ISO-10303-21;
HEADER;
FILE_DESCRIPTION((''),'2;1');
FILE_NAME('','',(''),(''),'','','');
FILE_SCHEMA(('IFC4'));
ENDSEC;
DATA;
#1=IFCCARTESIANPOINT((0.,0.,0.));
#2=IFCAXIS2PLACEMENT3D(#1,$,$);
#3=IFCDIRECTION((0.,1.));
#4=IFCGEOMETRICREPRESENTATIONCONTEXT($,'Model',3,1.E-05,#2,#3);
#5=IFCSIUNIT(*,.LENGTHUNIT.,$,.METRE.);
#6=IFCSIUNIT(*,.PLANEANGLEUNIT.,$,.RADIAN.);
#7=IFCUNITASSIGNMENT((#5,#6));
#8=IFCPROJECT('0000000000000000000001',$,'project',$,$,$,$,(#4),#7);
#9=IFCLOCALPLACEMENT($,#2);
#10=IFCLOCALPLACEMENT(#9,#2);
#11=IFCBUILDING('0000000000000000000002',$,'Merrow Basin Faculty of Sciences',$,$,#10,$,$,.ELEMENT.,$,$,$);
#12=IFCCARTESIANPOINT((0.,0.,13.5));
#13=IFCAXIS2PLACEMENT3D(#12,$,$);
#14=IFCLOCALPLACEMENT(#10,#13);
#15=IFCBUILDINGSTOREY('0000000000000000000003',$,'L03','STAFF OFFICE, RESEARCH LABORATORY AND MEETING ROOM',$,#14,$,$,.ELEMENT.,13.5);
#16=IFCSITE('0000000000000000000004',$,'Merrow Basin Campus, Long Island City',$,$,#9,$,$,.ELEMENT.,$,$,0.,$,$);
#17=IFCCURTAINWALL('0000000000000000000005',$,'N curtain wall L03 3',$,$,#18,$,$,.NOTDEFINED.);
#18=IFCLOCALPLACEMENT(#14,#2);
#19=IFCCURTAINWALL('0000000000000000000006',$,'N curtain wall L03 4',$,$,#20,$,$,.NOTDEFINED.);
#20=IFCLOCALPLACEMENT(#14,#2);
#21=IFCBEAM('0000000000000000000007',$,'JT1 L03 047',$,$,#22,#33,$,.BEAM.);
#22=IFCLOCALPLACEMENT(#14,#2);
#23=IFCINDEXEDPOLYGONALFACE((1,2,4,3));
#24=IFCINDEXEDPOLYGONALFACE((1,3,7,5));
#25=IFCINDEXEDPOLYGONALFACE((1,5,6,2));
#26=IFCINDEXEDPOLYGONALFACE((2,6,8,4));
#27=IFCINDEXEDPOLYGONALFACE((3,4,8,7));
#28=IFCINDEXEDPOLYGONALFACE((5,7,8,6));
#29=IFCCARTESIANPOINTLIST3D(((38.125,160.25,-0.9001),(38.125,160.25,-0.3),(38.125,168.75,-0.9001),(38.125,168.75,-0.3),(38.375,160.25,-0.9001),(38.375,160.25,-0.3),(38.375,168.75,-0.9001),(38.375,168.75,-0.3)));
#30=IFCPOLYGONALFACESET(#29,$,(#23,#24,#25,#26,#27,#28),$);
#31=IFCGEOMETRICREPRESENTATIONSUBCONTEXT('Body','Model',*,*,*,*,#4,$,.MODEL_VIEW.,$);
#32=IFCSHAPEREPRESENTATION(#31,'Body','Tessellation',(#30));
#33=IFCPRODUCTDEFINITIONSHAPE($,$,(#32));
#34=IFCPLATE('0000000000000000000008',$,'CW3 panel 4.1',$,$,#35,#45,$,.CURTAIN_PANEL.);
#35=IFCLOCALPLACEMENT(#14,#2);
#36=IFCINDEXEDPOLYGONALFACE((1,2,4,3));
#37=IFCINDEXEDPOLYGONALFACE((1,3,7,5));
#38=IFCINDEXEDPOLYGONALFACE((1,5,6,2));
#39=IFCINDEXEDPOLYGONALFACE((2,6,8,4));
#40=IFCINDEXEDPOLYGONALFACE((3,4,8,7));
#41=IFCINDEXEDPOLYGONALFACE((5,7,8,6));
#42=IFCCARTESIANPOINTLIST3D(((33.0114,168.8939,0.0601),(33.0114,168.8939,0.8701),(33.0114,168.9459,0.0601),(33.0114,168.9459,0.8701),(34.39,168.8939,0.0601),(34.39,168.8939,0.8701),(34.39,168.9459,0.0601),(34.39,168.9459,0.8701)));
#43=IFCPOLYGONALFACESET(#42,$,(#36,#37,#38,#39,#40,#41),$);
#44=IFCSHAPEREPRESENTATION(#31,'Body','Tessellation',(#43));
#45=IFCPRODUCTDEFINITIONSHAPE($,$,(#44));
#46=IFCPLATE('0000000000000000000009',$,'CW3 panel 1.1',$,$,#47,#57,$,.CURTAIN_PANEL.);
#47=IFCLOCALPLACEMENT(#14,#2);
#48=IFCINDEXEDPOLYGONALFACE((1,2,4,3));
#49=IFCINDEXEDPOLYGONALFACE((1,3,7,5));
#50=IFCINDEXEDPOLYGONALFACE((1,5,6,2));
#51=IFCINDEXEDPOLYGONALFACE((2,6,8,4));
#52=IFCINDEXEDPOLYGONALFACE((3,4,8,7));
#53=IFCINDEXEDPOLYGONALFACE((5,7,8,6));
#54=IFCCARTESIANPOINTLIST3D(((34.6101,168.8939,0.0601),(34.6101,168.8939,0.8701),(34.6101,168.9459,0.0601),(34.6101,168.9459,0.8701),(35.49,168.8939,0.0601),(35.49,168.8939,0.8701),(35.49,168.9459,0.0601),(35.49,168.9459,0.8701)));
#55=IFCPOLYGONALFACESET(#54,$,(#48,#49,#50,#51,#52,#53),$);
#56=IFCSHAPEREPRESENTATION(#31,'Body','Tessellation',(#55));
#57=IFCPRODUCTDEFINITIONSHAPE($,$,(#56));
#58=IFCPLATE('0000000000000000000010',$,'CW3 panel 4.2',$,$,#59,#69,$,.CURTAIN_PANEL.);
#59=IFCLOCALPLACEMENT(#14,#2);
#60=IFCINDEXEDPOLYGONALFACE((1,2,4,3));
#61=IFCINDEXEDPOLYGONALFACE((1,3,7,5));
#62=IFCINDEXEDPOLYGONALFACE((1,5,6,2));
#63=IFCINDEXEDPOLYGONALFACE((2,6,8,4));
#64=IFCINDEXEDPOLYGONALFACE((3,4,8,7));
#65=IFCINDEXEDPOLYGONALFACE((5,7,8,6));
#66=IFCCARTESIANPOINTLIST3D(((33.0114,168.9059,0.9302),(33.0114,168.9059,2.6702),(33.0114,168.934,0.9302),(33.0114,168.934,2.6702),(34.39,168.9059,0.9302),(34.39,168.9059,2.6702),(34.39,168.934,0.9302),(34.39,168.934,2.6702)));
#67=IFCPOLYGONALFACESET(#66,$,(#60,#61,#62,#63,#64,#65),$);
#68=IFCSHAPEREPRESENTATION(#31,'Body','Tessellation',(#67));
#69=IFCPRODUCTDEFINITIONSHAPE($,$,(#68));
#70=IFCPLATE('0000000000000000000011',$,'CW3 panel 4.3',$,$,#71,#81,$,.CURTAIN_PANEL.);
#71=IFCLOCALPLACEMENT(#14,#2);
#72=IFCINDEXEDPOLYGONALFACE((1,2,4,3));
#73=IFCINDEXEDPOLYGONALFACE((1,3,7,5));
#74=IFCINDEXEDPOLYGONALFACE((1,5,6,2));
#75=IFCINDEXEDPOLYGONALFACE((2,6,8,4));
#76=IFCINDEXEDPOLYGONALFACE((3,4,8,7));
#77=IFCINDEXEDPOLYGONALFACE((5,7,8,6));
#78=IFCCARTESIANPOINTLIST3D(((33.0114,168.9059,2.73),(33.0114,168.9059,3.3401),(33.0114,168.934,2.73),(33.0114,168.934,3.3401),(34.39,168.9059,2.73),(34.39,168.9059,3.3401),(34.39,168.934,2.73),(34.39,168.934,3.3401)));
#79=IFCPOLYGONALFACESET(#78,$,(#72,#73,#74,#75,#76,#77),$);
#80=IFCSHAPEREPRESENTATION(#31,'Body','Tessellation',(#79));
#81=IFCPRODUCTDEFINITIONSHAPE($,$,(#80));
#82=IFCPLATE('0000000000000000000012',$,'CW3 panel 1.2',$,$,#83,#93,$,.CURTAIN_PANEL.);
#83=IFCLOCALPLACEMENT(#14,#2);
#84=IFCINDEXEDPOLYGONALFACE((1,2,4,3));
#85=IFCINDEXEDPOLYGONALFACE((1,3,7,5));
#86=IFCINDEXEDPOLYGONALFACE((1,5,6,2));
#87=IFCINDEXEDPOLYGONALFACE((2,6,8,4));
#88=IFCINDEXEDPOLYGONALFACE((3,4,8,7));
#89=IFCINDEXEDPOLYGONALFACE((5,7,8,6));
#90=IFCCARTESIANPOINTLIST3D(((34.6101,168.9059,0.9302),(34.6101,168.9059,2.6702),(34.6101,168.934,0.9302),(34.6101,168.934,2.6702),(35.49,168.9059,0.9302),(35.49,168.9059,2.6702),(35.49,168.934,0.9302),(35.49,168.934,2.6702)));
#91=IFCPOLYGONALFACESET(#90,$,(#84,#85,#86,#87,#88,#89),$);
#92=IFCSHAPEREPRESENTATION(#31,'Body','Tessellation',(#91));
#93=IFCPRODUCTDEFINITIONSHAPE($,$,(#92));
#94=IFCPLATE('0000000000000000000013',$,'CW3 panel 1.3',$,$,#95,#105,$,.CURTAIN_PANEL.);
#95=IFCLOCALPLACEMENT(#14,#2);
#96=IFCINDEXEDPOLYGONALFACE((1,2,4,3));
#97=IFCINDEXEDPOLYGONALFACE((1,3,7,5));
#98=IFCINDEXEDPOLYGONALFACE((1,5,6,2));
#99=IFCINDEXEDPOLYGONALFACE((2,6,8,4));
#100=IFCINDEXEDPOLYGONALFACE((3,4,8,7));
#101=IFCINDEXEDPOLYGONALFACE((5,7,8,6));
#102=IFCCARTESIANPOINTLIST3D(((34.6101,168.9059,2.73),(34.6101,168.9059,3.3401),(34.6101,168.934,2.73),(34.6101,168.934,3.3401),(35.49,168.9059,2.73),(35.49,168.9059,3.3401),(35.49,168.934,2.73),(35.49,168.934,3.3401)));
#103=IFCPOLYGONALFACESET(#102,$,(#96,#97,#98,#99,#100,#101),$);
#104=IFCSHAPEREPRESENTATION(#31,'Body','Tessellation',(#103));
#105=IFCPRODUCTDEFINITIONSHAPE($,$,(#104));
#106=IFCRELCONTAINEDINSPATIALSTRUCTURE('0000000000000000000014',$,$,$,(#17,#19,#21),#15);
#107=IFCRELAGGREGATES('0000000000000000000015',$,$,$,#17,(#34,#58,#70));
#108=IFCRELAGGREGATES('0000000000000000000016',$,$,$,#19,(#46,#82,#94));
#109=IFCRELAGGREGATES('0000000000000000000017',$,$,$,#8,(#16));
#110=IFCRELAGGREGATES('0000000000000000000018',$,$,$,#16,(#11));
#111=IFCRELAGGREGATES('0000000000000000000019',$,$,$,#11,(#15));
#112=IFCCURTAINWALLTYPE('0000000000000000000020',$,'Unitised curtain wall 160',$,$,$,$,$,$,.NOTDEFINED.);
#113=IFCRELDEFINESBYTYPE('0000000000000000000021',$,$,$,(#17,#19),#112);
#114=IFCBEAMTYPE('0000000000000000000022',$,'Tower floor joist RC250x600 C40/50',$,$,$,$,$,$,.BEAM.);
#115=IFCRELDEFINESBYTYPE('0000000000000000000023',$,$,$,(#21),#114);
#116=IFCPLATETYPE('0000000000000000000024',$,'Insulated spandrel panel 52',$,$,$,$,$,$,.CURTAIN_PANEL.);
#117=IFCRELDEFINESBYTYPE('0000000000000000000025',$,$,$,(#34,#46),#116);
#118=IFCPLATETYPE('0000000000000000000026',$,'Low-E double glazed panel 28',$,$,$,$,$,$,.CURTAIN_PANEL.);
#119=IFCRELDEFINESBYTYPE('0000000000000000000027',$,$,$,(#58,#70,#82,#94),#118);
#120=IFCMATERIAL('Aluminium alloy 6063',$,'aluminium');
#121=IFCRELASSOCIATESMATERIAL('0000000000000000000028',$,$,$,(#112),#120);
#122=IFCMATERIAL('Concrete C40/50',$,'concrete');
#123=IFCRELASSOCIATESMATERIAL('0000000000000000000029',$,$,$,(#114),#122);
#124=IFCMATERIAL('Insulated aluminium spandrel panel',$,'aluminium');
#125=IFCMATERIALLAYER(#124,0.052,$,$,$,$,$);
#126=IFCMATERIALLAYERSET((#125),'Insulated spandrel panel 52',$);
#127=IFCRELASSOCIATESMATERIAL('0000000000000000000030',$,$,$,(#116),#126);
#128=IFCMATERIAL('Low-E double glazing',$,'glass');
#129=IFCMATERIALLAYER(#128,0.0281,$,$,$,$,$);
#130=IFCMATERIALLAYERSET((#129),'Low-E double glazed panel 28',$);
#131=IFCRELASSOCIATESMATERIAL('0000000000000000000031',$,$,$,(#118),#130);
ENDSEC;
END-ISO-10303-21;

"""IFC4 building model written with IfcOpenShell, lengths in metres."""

from ifc_helpers import new_model, si_unit, direction, frame, origin, origin_2d, place, context, subcontext, project, spatial, rectangle, extrude, material, layer, layer_set, material_profile, profile_set, type_object, element, aggregate, save


model = new_model("IFC4")

# Units and contexts
model_context = context("Model", 3, precision=1e-05, world=origin(), true_north=direction((0.0, 1.0)))
body_context = subcontext(model_context, "Body", "Model", "MODEL_VIEW")
ifc_project = project(units=[si_unit("LENGTHUNIT", "METRE"), si_unit("PLANEANGLEUNIT", "RADIAN")], contexts=[model_context])

# Site, building, storey
site_placement = place(None, origin())
site = spatial("IfcSite", under=ifc_project, at=site_placement, Name="Merrow Basin Campus, Long Island City", CompositionType="ELEMENT", RefElevation=0.0)
building_placement = place(site_placement, origin())
building = spatial("IfcBuilding", under=site, at=building_placement, Name="Merrow Basin Faculty of Sciences", CompositionType="ELEMENT")
storey_placement = place(building_placement, frame((0.0, 0.0, 13.5)))
storey = spatial("IfcBuildingStorey", under=building, at=storey_placement, Name="L03", Description="STAFF OFFICE, RESEARCH LABORATORY AND MEETING ROOM", CompositionType="ELEMENT", Elevation=13.5)

# Curtain wall
ifc_material_1 = material(Name="Aluminium alloy 6063", Category="aluminium")
curtain_wall_type = type_object("IfcCurtainWallType", Name="Unitised curtain wall 160", PredefinedType="NOTDEFINED", material=ifc_material_1)
curtain_wall_1_placement = place(storey_placement, origin())
curtain_wall_1 = element("IfcCurtainWall", 1, at=curtain_wall_1_placement, inside=storey, type_object=curtain_wall_type, Name="N curtain wall L03 3", PredefinedType="NOTDEFINED")

# Curtain wall
curtain_wall_2_placement = place(storey_placement, origin())
curtain_wall_2 = element("IfcCurtainWall", 2, at=curtain_wall_2_placement, inside=storey, type_object=curtain_wall_type, Name="N curtain wall L03 4", PredefinedType="NOTDEFINED")

# Beam
ifc_material_2 = material(Name="Concrete C40/50", Category="concrete")
ifc_material_profile_1 = material_profile(ifc_material_2, rectangle(XDim=0.25, YDim=0.6001, at=origin_2d()))
ifc_profile_set_1 = profile_set([ifc_material_profile_1], Name="Concrete C40/50")
beam_type_1 = type_object("IfcBeamType", Name="Tower floor joist RC250x600 C40/50", PredefinedType="BEAM", material=ifc_profile_set_1)
for number, where, z_axis, x_axis, name in (
    (3, (38.25, 160.25, -0.6001), (0.0, 1.0, 0.0), (-1.0, 0.0, 0.0), "JT1 L03 047"),
):
    element("IfcBeam", number, at=place(storey_placement, frame(where, z_axis=z_axis, x_axis=x_axis)), inside=storey, type_object=beam_type_1, Name=name, PredefinedType="BEAM", context=body_context, shape_type="SweptSolid", body=[
        extrude(rectangle(XDim=0.25, YDim=0.6001, at=origin_2d()), origin(), (0.0, 0.0, 1.0), 8.5),
    ])

# Plates
ifc_material_3 = material(Name="Insulated aluminium spandrel panel", Category="aluminium")
ifc_layer_1 = layer(ifc_material_3, 0.052)
ifc_layer_set_1 = layer_set([ifc_layer_1], Name="Insulated spandrel panel 52")
plate_type_1 = type_object("IfcPlateType", Name="Insulated spandrel panel 52", PredefinedType="CURTAIN_PANEL", material=ifc_layer_set_1)
plate_1_placement = place(storey_placement, frame((33.7007, 168.9199, 0.0601), z_axis=(0.0, 0.0, 1.0), x_axis=(1.0, 0.0, 0.0)))
plate_1 = element("IfcPlate", 4, at=plate_1_placement, type_object=plate_type_1, Name="CW3 panel 4.1", PredefinedType="CURTAIN_PANEL", context=body_context, shape_type="SweptSolid", body=[
    extrude(rectangle(XDim=1.3787, YDim=0.052, at=origin_2d()), origin(), (0.0, 0.0, 1.0), 0.8101),
])
plate_2_placement = place(storey_placement, frame((35.05, 168.9199, 0.0601), z_axis=(0.0, 0.0, 1.0), x_axis=(1.0, 0.0, 0.0)))
plate_2 = element("IfcPlate", 5, at=plate_2_placement, type_object=plate_type_1, Name="CW3 panel 1.1", PredefinedType="CURTAIN_PANEL", context=body_context, shape_type="SweptSolid", body=[
    extrude(rectangle(XDim=0.8799, YDim=0.052, at=origin_2d()), origin(), (0.0, 0.0, 1.0), 0.8101),
])
ifc_material_4 = material(Name="Low-E double glazing", Category="glass")
ifc_layer_2 = layer(ifc_material_4, 0.0281)
ifc_layer_set_2 = layer_set([ifc_layer_2], Name="Low-E double glazed panel 28")
plate_type_2 = type_object("IfcPlateType", Name="Low-E double glazed panel 28", PredefinedType="CURTAIN_PANEL", material=ifc_layer_set_2)
plate_3_placement = place(storey_placement, frame((33.7007, 168.9199, 0.9302), z_axis=(0.0, 0.0, 1.0), x_axis=(1.0, 0.0, 0.0)))
plate_3 = element("IfcPlate", 6, at=plate_3_placement, type_object=plate_type_2, Name="CW3 panel 4.2", PredefinedType="CURTAIN_PANEL", context=body_context, shape_type="SweptSolid", body=[
    extrude(rectangle(XDim=1.3787, YDim=0.0281, at=origin_2d()), origin(), (0.0, 0.0, 1.0), 1.74),
])
plate_4_placement = place(storey_placement, frame((33.7007, 168.9199, 2.73), z_axis=(0.0, 0.0, 1.0), x_axis=(1.0, 0.0, 0.0)))
plate_4 = element("IfcPlate", 7, at=plate_4_placement, type_object=plate_type_2, Name="CW3 panel 4.3", PredefinedType="CURTAIN_PANEL", context=body_context, shape_type="SweptSolid", body=[
    extrude(rectangle(XDim=1.3787, YDim=0.0281, at=origin_2d()), origin(), (0.0, 0.0, 1.0), 0.6101),
])
aggregate(curtain_wall_1, [plate_1, plate_3, plate_4])
plate_5_placement = place(storey_placement, frame((35.05, 168.9199, 0.9302), z_axis=(0.0, 0.0, 1.0), x_axis=(1.0, 0.0, 0.0)))
plate_5 = element("IfcPlate", 8, at=plate_5_placement, type_object=plate_type_2, Name="CW3 panel 1.2", PredefinedType="CURTAIN_PANEL", context=body_context, shape_type="SweptSolid", body=[
    extrude(rectangle(XDim=0.8799, YDim=0.0281, at=origin_2d()), origin(), (0.0, 0.0, 1.0), 1.74),
])
plate_6_placement = place(storey_placement, frame((35.05, 168.9199, 2.73), z_axis=(0.0, 0.0, 1.0), x_axis=(1.0, 0.0, 0.0)))
plate_6 = element("IfcPlate", 9, at=plate_6_placement, type_object=plate_type_2, Name="CW3 panel 1.3", PredefinedType="CURTAIN_PANEL", context=body_context, shape_type="SweptSolid", body=[
    extrude(rectangle(XDim=0.8799, YDim=0.0281, at=origin_2d()), origin(), (0.0, 0.0, 1.0), 0.6101),
])
aggregate(curtain_wall_2, [plate_2, plate_5, plate_6])

save(model, "model.ifc")
